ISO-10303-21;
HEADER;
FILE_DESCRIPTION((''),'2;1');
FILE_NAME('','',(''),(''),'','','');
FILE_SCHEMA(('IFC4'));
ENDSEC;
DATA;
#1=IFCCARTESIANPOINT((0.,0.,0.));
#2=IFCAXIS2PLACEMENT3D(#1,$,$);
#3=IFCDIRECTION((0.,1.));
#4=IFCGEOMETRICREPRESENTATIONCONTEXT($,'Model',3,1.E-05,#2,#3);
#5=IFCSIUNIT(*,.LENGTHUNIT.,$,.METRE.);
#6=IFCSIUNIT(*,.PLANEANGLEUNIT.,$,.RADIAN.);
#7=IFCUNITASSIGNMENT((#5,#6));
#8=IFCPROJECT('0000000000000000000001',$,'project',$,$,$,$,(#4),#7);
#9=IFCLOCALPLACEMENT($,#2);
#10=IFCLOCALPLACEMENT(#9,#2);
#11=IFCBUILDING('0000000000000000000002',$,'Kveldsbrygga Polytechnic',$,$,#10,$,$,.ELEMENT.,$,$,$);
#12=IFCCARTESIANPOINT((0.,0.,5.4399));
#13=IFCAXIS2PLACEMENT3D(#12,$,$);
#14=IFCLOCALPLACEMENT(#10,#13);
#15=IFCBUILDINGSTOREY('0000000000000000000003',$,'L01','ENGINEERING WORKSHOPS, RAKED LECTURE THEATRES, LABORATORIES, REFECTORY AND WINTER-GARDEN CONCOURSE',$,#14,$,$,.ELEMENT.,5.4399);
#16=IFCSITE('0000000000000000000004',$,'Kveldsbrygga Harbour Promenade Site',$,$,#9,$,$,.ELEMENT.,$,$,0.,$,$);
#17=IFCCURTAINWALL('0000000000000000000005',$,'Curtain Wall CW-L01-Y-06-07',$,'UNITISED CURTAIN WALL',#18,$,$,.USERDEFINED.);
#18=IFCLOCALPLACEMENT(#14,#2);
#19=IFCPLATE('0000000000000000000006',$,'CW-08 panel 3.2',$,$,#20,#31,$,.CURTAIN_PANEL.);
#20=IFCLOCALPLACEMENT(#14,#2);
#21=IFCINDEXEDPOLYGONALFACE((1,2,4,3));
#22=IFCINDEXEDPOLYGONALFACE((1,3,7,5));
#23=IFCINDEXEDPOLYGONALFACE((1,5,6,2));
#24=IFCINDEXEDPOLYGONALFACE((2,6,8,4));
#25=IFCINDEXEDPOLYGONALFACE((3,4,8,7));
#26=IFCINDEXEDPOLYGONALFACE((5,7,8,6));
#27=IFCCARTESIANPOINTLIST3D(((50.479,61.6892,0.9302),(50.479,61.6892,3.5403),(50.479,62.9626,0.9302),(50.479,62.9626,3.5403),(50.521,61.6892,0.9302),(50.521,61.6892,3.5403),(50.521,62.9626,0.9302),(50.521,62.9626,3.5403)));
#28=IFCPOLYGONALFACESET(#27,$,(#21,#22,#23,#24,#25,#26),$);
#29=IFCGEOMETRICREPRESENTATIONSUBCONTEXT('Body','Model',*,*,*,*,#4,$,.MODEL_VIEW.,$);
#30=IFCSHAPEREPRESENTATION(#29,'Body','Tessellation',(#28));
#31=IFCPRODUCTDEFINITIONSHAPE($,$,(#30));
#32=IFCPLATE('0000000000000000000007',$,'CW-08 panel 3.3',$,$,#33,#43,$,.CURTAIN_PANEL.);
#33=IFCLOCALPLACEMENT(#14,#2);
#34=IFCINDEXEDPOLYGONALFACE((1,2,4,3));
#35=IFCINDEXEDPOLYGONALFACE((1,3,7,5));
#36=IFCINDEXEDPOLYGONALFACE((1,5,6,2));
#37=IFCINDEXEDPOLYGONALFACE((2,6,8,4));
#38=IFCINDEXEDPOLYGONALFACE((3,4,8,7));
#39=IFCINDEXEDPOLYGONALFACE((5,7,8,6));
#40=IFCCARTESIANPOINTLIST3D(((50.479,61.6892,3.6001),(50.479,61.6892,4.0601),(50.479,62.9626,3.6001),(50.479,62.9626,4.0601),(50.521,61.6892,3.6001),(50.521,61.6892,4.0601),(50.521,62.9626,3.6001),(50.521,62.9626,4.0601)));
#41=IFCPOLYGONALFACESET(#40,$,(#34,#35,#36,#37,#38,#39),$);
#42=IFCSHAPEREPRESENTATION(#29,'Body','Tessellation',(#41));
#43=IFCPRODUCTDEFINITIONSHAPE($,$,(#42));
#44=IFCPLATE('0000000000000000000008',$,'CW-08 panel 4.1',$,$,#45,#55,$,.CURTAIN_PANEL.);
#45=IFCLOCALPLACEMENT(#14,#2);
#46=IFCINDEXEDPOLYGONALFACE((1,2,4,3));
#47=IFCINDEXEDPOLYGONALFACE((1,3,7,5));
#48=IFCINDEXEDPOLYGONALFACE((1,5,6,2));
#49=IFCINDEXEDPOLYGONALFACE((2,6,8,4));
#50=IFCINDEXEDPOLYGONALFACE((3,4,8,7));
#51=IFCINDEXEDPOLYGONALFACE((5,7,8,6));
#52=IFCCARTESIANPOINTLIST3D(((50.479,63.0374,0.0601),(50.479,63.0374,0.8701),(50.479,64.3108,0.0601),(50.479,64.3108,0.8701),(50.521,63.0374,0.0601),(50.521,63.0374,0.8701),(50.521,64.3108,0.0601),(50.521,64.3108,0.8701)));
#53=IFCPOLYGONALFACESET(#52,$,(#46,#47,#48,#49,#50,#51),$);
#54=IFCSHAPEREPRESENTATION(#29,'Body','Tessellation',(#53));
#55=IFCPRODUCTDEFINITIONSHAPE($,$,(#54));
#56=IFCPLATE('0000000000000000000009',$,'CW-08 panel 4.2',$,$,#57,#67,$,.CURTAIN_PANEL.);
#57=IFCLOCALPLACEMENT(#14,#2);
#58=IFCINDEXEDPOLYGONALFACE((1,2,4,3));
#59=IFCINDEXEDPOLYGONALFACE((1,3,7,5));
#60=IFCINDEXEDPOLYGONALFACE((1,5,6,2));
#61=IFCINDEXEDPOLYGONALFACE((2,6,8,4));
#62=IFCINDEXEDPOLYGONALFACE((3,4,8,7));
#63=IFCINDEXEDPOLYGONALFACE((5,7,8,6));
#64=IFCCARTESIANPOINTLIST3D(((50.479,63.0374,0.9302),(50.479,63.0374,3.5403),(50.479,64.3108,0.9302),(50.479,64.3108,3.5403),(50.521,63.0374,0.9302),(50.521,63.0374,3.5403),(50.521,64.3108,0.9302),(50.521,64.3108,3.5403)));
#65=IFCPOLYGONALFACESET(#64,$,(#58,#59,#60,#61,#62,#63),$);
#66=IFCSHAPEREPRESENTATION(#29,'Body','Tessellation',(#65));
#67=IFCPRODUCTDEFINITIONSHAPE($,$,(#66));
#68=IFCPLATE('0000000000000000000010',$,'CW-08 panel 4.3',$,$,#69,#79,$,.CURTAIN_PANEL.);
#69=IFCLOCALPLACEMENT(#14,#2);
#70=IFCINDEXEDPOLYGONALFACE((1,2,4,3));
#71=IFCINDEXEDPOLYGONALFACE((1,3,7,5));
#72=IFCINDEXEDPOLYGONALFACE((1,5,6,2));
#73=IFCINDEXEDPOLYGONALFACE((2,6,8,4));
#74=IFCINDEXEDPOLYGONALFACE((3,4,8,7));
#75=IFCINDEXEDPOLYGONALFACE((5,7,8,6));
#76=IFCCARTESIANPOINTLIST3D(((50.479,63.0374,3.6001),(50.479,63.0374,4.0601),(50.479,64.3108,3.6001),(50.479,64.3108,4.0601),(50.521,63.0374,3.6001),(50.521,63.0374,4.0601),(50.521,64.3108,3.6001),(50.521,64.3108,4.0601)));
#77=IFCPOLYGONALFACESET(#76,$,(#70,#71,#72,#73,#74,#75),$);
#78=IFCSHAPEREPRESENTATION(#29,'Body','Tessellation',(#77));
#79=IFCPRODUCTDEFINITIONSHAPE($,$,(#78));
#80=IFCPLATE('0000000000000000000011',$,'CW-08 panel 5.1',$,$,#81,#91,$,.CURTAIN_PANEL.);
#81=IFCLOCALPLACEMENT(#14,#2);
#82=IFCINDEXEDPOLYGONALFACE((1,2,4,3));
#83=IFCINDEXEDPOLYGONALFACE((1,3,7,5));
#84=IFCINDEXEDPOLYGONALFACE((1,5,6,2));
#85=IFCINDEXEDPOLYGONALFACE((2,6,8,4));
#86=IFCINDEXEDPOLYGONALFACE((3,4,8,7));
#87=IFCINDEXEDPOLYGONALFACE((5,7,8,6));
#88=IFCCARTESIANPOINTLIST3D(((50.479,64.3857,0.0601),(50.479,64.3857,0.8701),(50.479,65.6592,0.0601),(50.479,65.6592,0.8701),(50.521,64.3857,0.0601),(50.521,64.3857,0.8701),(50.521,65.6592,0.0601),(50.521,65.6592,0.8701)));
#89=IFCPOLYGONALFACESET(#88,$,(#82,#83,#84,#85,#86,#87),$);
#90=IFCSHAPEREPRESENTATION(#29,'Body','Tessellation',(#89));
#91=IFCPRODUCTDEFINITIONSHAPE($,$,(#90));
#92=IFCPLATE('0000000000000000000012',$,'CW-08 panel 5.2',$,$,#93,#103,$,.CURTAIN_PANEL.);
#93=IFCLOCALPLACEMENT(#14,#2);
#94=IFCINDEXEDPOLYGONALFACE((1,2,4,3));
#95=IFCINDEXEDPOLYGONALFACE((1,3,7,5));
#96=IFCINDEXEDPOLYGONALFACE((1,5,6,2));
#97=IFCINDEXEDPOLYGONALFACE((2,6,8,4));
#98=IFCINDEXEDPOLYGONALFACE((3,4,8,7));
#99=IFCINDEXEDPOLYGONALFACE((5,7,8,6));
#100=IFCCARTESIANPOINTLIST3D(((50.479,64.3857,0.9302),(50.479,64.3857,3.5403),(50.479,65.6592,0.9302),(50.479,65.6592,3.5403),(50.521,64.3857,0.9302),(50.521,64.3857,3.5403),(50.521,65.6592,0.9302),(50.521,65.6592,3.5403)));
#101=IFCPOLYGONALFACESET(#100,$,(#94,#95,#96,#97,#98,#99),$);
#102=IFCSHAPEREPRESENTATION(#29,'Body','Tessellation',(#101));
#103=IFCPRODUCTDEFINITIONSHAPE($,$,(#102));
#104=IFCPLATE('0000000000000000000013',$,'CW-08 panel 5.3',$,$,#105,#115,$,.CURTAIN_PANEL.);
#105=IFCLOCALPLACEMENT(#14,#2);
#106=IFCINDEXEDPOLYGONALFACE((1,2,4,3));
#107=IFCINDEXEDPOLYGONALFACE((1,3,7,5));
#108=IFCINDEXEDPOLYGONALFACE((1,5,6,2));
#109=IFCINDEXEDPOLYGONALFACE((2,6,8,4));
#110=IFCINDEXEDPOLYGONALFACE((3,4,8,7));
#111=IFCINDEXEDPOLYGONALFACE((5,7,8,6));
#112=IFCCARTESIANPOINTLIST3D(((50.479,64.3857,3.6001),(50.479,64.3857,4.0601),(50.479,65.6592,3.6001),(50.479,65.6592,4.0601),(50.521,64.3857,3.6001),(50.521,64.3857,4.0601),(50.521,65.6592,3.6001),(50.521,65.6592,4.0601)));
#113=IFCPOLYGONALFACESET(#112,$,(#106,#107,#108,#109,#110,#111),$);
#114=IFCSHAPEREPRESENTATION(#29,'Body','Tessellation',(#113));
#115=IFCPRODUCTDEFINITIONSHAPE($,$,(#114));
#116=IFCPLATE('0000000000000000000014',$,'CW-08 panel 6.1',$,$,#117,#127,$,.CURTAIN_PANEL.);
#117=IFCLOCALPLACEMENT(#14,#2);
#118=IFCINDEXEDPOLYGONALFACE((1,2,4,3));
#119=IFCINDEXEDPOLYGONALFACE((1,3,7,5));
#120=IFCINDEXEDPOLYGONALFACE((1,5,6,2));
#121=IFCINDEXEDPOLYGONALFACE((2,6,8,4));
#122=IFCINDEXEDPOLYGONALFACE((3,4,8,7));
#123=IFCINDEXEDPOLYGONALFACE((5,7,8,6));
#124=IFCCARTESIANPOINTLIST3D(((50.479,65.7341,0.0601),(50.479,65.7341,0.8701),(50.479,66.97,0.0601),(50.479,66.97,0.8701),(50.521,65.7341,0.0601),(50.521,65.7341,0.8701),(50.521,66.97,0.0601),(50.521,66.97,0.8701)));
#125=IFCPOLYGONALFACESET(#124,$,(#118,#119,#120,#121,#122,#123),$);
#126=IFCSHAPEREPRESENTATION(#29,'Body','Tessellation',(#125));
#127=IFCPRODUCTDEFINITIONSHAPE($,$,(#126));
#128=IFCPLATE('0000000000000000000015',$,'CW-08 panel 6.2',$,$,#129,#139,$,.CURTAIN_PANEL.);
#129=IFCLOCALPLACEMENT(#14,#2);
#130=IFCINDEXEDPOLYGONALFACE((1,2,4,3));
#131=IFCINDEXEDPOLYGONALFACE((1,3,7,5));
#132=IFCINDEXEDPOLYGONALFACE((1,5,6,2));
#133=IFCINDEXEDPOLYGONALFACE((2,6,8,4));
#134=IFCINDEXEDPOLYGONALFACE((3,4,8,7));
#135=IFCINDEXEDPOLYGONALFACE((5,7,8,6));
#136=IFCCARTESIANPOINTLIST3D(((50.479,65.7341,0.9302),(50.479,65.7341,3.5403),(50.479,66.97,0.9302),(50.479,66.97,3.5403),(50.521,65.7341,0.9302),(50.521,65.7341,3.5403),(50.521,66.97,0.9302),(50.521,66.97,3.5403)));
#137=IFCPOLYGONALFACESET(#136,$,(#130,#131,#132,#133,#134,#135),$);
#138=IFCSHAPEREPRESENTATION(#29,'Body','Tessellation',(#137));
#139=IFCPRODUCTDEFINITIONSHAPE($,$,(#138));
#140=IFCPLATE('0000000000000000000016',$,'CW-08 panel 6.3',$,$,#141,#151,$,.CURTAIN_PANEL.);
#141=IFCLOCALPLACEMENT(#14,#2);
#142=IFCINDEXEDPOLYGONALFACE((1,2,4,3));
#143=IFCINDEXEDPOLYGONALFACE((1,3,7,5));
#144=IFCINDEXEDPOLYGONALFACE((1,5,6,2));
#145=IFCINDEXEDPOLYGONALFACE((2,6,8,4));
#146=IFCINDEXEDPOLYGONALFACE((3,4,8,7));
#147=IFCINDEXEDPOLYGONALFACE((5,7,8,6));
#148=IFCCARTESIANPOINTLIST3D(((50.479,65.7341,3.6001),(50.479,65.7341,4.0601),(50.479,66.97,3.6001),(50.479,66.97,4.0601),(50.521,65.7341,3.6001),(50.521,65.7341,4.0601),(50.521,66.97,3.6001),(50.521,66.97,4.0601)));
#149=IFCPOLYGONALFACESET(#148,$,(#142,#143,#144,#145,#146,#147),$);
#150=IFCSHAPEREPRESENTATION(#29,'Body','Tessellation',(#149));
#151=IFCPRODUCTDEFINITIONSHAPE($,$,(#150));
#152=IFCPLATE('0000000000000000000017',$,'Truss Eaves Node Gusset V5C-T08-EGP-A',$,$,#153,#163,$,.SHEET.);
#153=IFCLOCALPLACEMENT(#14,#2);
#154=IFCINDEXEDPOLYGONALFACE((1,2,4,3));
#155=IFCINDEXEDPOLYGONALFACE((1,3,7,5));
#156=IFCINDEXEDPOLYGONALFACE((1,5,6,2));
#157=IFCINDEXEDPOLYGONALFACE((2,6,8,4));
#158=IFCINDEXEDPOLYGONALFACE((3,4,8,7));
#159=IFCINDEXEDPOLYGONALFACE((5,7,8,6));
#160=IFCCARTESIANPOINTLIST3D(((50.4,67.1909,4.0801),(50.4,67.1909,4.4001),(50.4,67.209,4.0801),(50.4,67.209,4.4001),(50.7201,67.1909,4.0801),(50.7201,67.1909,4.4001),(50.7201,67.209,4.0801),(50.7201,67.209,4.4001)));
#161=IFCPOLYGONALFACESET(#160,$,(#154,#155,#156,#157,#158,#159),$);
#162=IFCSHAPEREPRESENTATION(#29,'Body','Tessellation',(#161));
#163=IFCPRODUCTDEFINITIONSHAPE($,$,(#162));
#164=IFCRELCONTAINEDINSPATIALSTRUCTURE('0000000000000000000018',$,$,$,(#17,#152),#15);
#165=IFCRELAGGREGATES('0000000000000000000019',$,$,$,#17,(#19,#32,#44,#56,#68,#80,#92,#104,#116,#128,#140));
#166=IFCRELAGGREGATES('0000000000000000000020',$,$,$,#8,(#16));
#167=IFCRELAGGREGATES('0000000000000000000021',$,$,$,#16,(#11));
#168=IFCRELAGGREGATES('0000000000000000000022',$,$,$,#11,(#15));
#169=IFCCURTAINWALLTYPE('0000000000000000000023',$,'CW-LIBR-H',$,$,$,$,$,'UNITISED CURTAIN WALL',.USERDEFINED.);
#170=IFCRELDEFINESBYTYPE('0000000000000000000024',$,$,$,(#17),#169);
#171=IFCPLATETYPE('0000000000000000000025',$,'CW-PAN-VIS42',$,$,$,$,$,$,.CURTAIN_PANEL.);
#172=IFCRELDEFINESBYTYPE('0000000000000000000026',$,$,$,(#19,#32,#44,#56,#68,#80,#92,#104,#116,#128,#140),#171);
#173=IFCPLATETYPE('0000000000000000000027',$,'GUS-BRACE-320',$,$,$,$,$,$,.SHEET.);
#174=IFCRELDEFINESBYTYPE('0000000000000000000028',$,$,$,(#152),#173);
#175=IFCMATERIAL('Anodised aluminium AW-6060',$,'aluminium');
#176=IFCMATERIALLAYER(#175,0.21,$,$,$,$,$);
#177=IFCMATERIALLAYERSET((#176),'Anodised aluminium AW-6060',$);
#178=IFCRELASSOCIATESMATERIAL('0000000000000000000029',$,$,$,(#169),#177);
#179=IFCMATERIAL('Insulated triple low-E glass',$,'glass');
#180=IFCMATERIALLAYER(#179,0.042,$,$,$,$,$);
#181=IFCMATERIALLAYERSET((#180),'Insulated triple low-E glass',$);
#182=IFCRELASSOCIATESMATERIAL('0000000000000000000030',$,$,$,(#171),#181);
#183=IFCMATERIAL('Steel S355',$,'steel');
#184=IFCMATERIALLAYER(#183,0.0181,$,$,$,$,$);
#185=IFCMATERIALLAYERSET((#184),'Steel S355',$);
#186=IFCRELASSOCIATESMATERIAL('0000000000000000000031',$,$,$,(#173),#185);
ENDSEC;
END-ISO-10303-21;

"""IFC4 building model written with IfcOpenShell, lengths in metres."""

from ifc_helpers import new_model, si_unit, direction, frame, origin, origin_2d, place, context, subcontext, project, spatial, rectangle, extrude, material, layer, layer_set, type_object, element, aggregate, save


model = new_model("IFC4")

# Units and contexts
model_context = context("Model", 3, precision=1e-05, world=origin(), true_north=direction((0.0, 1.0)))
body_context = subcontext(model_context, "Body", "Model", "MODEL_VIEW")
ifc_project = project(units=[si_unit("LENGTHUNIT", "METRE"), si_unit("PLANEANGLEUNIT", "RADIAN")], contexts=[model_context])

# Site, building, storey
site_placement = place(None, origin())
site = spatial("IfcSite", under=ifc_project, at=site_placement, Name="Kveldsbrygga Harbour Promenade Site", CompositionType="ELEMENT", RefElevation=0.0)
building_placement = place(site_placement, origin())
building = spatial("IfcBuilding", under=site, at=building_placement, Name="Kveldsbrygga Polytechnic", CompositionType="ELEMENT")
storey_placement = place(building_placement, frame((0.0, 0.0, 5.4399)))
storey = spatial("IfcBuildingStorey", under=building, at=storey_placement, Name="L01", Description="ENGINEERING WORKSHOPS, RAKED LECTURE THEATRES, LABORATORIES, REFECTORY AND WINTER-GARDEN CONCOURSE", CompositionType="ELEMENT", Elevation=5.4399)

# Curtain wall
ifc_material_1 = material(Name="Anodised aluminium AW-6060", Category="aluminium")
ifc_layer_1 = layer(ifc_material_1, 0.21)
ifc_layer_set_1 = layer_set([ifc_layer_1], Name="Anodised aluminium AW-6060")
curtain_wall_type_1 = type_object("IfcCurtainWallType", Name="CW-LIBR-H", ElementType="UNITISED CURTAIN WALL", PredefinedType="USERDEFINED", material=ifc_layer_set_1)
curtain_wall_1_placement = place(storey_placement, origin())
curtain_wall_1 = element("IfcCurtainWall", 1, at=curtain_wall_1_placement, inside=storey, type_object=curtain_wall_type_1, Name="Curtain Wall CW-L01-Y-06-07", ObjectType="UNITISED CURTAIN WALL", PredefinedType="USERDEFINED")

# Plates
ifc_material_2 = material(Name="Insulated triple low-E glass", Category="glass")
ifc_layer_2 = layer(ifc_material_2, 0.042)
ifc_layer_set_2 = layer_set([ifc_layer_2], Name="Insulated triple low-E glass")
plate_type_1 = type_object("IfcPlateType", Name="CW-PAN-VIS42", PredefinedType="CURTAIN_PANEL", material=ifc_layer_set_2)
plate_1_placement = place(storey_placement, frame((50.5, 62.3259, 0.9302), z_axis=(0.0, 0.0, 1.0), x_axis=(0.0, 1.0, 0.0)))
plate_1 = element("IfcPlate", 2, at=plate_1_placement, type_object=plate_type_1, Name="CW-08 panel 3.2", PredefinedType="CURTAIN_PANEL", context=body_context, shape_type="SweptSolid", body=[
    extrude(rectangle(XDim=1.2734, YDim=0.042, at=origin_2d()), origin(), (0.0, 0.0, 1.0), 2.6101),
])
plate_2_placement = place(storey_placement, frame((50.5, 62.3259, 3.6001), z_axis=(0.0, 0.0, 1.0), x_axis=(0.0, 1.0, 0.0)))
plate_2 = element("IfcPlate", 3, at=plate_2_placement, type_object=plate_type_1, Name="CW-08 panel 3.3", PredefinedType="CURTAIN_PANEL", context=body_context, shape_type="SweptSolid", body=[
    extrude(rectangle(XDim=1.2734, YDim=0.042, at=origin_2d()), origin(), (0.0, 0.0, 1.0), 0.46),
])
plate_3_placement = place(storey_placement, frame((50.5, 63.6741, 0.0601), z_axis=(0.0, 0.0, 1.0), x_axis=(0.0, 1.0, 0.0)))
plate_3 = element("IfcPlate", 4, at=plate_3_placement, type_object=plate_type_1, Name="CW-08 panel 4.1", PredefinedType="CURTAIN_PANEL", context=body_context, shape_type="SweptSolid", body=[
    extrude(rectangle(XDim=1.2734, YDim=0.042, at=origin_2d()), origin(), (0.0, 0.0, 1.0), 0.8101),
])
plate_4_placement = place(storey_placement, frame((50.5, 63.6741, 0.9302), z_axis=(0.0, 0.0, 1.0), x_axis=(0.0, 1.0, 0.0)))
plate_4 = element("IfcPlate", 5, at=plate_4_placement, type_object=plate_type_1, Name="CW-08 panel 4.2", PredefinedType="CURTAIN_PANEL", context=body_context, shape_type="SweptSolid", body=[
    extrude(rectangle(XDim=1.2734, YDim=0.042, at=origin_2d()), origin(), (0.0, 0.0, 1.0), 2.6101),
])
plate_5_placement = place(storey_placement, frame((50.5, 63.6741, 3.6001), z_axis=(0.0, 0.0, 1.0), x_axis=(0.0, 1.0, 0.0)))
plate_5 = element("IfcPlate", 6, at=plate_5_placement, type_object=plate_type_1, Name="CW-08 panel 4.3", PredefinedType="CURTAIN_PANEL", context=body_context, shape_type="SweptSolid", body=[
    extrude(rectangle(XDim=1.2734, YDim=0.042, at=origin_2d()), origin(), (0.0, 0.0, 1.0), 0.46),
])
plate_6_placement = place(storey_placement, frame((50.5, 65.0225, 0.0601), z_axis=(0.0, 0.0, 1.0), x_axis=(0.0, 1.0, 0.0)))
plate_6 = element("IfcPlate", 7, at=plate_6_placement, type_object=plate_type_1, Name="CW-08 panel 5.1", PredefinedType="CURTAIN_PANEL", context=body_context, shape_type="SweptSolid", body=[
    extrude(rectangle(XDim=1.2734, YDim=0.042, at=origin_2d()), origin(), (0.0, 0.0, 1.0), 0.8101),
])
plate_7_placement = place(storey_placement, frame((50.5, 65.0225, 0.9302), z_axis=(0.0, 0.0, 1.0), x_axis=(0.0, 1.0, 0.0)))
plate_7 = element("IfcPlate", 8, at=plate_7_placement, type_object=plate_type_1, Name="CW-08 panel 5.2", PredefinedType="CURTAIN_PANEL", context=body_context, shape_type="SweptSolid", body=[
    extrude(rectangle(XDim=1.2734, YDim=0.042, at=origin_2d()), origin(), (0.0, 0.0, 1.0), 2.6101),
])
plate_8_placement = place(storey_placement, frame((50.5, 65.0225, 3.6001), z_axis=(0.0, 0.0, 1.0), x_axis=(0.0, 1.0, 0.0)))
plate_8 = element("IfcPlate", 9, at=plate_8_placement, type_object=plate_type_1, Name="CW-08 panel 5.3", PredefinedType="CURTAIN_PANEL", context=body_context, shape_type="SweptSolid", body=[
    extrude(rectangle(XDim=1.2734, YDim=0.042, at=origin_2d()), origin(), (0.0, 0.0, 1.0), 0.46),
])
plate_9_placement = place(storey_placement, frame((50.5, 66.3521, 0.0601), z_axis=(0.0, 0.0, 1.0), x_axis=(0.0, 1.0, 0.0)))
plate_9 = element("IfcPlate", 10, at=plate_9_placement, type_object=plate_type_1, Name="CW-08 panel 6.1", PredefinedType="CURTAIN_PANEL", context=body_context, shape_type="SweptSolid", body=[
    extrude(rectangle(XDim=1.2358, YDim=0.042, at=origin_2d()), origin(), (0.0, 0.0, 1.0), 0.8101),
])
plate_10_placement = place(storey_placement, frame((50.5, 66.3521, 0.9302), z_axis=(0.0, 0.0, 1.0), x_axis=(0.0, 1.0, 0.0)))
plate_10 = element("IfcPlate", 11, at=plate_10_placement, type_object=plate_type_1, Name="CW-08 panel 6.2", PredefinedType="CURTAIN_PANEL", context=body_context, shape_type="SweptSolid", body=[
    extrude(rectangle(XDim=1.2358, YDim=0.042, at=origin_2d()), origin(), (0.0, 0.0, 1.0), 2.6101),
])
plate_11_placement = place(storey_placement, frame((50.5, 66.3521, 3.6001), z_axis=(0.0, 0.0, 1.0), x_axis=(0.0, 1.0, 0.0)))
plate_11 = element("IfcPlate", 12, at=plate_11_placement, type_object=plate_type_1, Name="CW-08 panel 6.3", PredefinedType="CURTAIN_PANEL", context=body_context, shape_type="SweptSolid", body=[
    extrude(rectangle(XDim=1.2358, YDim=0.042, at=origin_2d()), origin(), (0.0, 0.0, 1.0), 0.46),
])
aggregate(curtain_wall_1, [plate_1, plate_2, plate_3, plate_4, plate_5, plate_6, plate_7, plate_8, plate_9, plate_10, plate_11])
ifc_material_3 = material(Name="Steel S355", Category="steel")
ifc_layer_3 = layer(ifc_material_3, 0.0181)
ifc_layer_set_3 = layer_set([ifc_layer_3], Name="Steel S355")
plate_type_2 = type_object("IfcPlateType", Name="GUS-BRACE-320", PredefinedType="SHEET", material=ifc_layer_set_3)
plate_12_placement = place(storey_placement, frame((50.5601, 67.2, 4.0801), z_axis=(0.0, 0.0, 1.0), x_axis=(1.0, 0.0, 0.0)))
element("IfcPlate", 13, at=plate_12_placement, inside=storey, type_object=plate_type_2, Name="Truss Eaves Node Gusset V5C-T08-EGP-A", PredefinedType="SHEET", context=body_context, shape_type="SweptSolid", body=[
    extrude(rectangle(XDim=0.3201, YDim=0.0181, at=origin_2d()), origin(), (0.0, 0.0, 1.0), 0.3201),
])

save(model, "model.ifc")
